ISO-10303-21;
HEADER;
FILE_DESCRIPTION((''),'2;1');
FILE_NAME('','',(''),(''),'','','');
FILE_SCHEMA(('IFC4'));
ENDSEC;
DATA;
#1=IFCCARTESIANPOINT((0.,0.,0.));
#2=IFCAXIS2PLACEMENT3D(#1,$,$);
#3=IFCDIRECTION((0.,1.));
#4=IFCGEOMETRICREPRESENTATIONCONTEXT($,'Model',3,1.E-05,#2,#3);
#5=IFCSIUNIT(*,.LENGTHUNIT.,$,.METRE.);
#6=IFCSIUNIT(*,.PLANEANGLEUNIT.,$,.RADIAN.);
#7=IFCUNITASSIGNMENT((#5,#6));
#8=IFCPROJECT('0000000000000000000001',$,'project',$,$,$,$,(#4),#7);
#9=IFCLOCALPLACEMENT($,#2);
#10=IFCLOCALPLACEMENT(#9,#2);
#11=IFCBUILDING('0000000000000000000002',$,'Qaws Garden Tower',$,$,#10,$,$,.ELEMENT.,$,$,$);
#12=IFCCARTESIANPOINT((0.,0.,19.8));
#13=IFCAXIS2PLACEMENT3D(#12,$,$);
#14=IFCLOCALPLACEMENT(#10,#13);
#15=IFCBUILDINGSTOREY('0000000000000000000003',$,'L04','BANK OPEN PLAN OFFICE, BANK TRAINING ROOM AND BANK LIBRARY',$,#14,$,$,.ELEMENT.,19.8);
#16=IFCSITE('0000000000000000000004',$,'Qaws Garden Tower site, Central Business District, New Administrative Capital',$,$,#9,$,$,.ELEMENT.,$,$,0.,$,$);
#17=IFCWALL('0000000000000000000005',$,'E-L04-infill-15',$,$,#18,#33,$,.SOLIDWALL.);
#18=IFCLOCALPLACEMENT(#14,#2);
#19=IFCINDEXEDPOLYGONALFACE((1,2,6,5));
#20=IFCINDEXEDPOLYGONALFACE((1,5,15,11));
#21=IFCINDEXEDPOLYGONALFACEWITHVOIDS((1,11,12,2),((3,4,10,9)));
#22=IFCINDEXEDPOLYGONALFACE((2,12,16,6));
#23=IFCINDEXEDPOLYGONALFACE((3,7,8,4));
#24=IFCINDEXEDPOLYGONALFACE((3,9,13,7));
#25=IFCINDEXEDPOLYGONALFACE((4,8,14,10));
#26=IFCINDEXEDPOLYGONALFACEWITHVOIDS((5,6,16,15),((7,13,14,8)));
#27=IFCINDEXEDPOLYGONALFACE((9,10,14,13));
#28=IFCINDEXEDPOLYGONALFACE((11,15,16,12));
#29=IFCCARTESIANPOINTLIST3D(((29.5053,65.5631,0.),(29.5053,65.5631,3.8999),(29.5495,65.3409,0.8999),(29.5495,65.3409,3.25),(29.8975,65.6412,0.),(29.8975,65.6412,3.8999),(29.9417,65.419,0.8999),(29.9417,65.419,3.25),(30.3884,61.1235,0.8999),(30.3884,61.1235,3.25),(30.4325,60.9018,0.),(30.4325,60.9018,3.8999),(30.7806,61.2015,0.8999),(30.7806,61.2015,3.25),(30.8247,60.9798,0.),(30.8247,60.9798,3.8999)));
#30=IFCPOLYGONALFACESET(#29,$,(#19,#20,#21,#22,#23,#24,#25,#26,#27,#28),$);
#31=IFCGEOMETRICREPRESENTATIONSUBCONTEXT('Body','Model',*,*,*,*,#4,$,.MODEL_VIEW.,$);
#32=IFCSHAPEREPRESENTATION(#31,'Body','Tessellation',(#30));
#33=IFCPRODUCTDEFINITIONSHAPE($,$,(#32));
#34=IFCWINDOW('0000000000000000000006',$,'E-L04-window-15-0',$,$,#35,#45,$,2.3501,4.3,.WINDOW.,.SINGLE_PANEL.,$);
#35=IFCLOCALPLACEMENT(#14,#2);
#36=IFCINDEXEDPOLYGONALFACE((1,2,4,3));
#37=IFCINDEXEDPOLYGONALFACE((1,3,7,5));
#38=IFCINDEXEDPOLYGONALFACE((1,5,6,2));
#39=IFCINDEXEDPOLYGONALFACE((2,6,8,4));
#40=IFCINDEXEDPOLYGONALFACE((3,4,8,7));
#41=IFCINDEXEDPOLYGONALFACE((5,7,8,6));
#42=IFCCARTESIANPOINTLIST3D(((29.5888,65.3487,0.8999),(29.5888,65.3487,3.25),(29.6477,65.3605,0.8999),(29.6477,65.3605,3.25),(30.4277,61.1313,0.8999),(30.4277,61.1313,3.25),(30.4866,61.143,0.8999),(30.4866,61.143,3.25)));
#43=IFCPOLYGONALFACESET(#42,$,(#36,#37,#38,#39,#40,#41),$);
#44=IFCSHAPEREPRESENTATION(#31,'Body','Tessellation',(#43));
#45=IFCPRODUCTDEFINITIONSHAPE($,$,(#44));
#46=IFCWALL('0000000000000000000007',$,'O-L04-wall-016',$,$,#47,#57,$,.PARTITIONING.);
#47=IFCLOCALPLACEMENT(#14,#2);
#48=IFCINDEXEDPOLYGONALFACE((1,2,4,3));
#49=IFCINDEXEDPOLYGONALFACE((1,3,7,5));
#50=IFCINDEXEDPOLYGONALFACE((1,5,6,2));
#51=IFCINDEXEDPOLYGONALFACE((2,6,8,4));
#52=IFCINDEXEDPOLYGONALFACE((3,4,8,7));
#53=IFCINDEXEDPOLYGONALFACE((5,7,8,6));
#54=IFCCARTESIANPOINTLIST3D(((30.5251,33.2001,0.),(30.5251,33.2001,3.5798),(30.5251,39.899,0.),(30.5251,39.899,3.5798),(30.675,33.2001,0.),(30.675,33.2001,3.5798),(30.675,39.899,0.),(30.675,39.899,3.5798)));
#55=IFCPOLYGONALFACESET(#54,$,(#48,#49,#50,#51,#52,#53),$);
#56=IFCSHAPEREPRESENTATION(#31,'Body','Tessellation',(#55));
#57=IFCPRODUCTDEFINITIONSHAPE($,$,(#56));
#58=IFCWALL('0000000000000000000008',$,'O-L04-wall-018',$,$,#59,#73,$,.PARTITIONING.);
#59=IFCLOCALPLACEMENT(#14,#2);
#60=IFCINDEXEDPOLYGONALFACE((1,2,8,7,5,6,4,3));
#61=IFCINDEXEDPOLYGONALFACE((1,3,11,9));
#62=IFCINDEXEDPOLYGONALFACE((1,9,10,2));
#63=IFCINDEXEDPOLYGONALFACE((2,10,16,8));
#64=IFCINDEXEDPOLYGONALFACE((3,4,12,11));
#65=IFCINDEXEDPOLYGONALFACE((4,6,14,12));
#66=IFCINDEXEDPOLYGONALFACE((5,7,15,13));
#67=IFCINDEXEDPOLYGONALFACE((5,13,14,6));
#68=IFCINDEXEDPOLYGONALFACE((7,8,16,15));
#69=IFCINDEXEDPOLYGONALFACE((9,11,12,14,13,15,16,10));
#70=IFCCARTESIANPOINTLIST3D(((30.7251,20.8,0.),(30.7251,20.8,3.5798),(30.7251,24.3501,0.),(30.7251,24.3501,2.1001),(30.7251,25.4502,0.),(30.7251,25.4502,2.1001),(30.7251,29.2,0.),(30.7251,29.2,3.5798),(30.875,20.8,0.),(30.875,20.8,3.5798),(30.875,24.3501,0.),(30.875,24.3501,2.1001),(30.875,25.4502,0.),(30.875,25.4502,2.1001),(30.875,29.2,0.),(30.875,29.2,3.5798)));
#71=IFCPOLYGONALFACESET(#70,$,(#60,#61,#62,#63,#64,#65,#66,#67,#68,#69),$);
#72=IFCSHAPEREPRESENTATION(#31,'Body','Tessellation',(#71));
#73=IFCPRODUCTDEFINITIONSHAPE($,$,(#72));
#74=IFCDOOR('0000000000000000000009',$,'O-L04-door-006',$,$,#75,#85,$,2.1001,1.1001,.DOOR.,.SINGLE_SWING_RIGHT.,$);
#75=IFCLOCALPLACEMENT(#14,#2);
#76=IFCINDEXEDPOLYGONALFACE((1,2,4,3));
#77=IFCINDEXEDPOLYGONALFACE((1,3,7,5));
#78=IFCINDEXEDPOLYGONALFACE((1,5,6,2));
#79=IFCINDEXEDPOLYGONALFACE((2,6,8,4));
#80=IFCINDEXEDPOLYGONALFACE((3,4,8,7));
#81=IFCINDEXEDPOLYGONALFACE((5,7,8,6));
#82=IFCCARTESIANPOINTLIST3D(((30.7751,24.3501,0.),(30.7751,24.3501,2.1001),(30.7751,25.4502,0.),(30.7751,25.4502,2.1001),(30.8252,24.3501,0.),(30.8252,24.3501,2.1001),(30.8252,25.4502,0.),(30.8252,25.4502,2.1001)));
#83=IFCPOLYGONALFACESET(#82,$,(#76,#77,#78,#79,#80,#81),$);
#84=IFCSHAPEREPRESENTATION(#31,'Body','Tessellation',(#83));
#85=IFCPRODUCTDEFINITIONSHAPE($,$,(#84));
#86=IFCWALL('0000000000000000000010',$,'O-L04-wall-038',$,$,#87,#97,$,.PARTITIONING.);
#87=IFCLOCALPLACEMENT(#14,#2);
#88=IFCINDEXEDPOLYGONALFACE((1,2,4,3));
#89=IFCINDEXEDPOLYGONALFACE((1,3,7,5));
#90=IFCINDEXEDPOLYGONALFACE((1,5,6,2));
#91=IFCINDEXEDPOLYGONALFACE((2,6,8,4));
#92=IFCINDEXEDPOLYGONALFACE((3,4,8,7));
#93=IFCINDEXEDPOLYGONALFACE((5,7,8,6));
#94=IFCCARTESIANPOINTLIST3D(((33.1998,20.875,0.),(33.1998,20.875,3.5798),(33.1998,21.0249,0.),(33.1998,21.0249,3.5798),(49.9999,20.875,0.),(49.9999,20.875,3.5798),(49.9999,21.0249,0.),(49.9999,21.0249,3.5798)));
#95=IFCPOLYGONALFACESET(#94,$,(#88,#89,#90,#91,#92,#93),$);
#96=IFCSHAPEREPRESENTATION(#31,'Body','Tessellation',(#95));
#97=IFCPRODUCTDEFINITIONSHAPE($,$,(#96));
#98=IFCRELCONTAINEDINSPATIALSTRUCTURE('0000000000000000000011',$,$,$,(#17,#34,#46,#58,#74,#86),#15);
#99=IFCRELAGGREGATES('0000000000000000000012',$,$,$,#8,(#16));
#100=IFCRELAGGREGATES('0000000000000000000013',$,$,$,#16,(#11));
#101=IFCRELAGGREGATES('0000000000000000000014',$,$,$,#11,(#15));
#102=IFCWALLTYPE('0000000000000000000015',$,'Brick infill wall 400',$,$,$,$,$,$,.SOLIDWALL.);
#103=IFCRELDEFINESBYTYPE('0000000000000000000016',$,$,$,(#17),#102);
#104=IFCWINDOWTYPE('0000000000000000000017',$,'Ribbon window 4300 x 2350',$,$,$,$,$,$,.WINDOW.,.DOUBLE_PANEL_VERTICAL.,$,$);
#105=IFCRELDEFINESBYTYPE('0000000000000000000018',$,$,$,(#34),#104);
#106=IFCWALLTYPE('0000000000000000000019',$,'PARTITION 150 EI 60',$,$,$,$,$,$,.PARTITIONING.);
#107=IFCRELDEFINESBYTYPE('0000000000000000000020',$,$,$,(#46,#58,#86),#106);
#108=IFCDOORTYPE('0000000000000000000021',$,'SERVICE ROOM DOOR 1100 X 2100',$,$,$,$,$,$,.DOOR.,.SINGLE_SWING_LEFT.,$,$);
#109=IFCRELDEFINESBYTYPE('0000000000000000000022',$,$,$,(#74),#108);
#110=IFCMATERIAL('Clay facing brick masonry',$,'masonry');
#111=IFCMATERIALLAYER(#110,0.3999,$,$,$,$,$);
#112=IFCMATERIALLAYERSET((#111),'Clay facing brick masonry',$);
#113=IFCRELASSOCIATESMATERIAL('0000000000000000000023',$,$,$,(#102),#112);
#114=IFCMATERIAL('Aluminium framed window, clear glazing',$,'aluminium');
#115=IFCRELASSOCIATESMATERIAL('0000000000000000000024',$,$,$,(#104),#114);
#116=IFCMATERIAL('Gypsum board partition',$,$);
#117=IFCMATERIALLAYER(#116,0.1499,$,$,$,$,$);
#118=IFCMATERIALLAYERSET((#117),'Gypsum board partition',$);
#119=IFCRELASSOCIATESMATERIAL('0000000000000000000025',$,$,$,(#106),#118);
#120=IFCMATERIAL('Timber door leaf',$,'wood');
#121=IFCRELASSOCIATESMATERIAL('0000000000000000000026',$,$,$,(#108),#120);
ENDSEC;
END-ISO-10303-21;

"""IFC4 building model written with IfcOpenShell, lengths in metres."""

from ifc_helpers import new_model, si_unit, direction, frame, frame_2d, origin, place, context, subcontext, project, spatial, rectangle, extrude, material, layer, layer_set, type_object, element, fill, save


model = new_model("IFC4")

# Units and contexts
model_context = context("Model", 3, precision=1e-05, world=origin(), true_north=direction((0.0, 1.0)))
body_context = subcontext(model_context, "Body", "Model", "MODEL_VIEW")
ifc_project = project(units=[si_unit("LENGTHUNIT", "METRE"), si_unit("PLANEANGLEUNIT", "RADIAN")], contexts=[model_context])

# Site, building, storey
site_placement = place(None, origin())
site = spatial("IfcSite", under=ifc_project, at=site_placement, Name="Qaws Garden Tower site, Central Business District, New Administrative Capital", CompositionType="ELEMENT", RefElevation=0.0)
building_placement = place(site_placement, origin())
building = spatial("IfcBuilding", under=site, at=building_placement, Name="Qaws Garden Tower", CompositionType="ELEMENT")
storey_placement = place(building_placement, frame((0.0, 0.0, 19.8)))
storey = spatial("IfcBuildingStorey", under=building, at=storey_placement, Name="L04", Description="BANK OPEN PLAN OFFICE, BANK TRAINING ROOM AND BANK LIBRARY", CompositionType="ELEMENT", Elevation=19.8)

# Shared definitions
ifc_material_1 = material(Name="Clay facing brick masonry", Category="masonry")
ifc_layer_1 = layer(ifc_material_1, 0.3999)
ifc_layer_set_1 = layer_set([ifc_layer_1], Name="Clay facing brick masonry")
wall_type_1 = type_object("IfcWallType", Name="Brick infill wall 400", PredefinedType="SOLIDWALL", material=ifc_layer_set_1)

# Wall, opening, window
wall_1_placement = place(storey_placement, frame((30.6287, 60.9407, 0.0), z_axis=(0.0, 0.0, 1.0), x_axis=(-0.195099, 0.980784, 0.0)))
wall_1 = element("IfcWall", 1, at=wall_1_placement, inside=storey, type_object=wall_type_1, Name="E-L04-infill-15", PredefinedType="SOLIDWALL", context=body_context, shape_type="SweptSolid", body=[
    extrude(rectangle(XDim=4.7527, YDim=0.3999, at=frame_2d((2.3765, 0.0))), origin(), (0.0, 0.0, 1.0), 3.8999),
])
opening_1_placement = place(wall_1_placement, frame((0.2263, 0.0, 0.8999)))
opening_1 = element("IfcOpeningElement", 2, at=opening_1_placement, cuts=wall_1, PredefinedType="OPENING", context=body_context, shape_type="SweptSolid", body=[
    extrude(rectangle(XDim=4.3, YDim=2.3501, at=frame_2d((2.1499, 1.175))), frame((0.0, 0.21, 0.0), z_axis=(0.0, -1.0, 0.0), x_axis=(1.0, 0.0, 0.0)), (0.0, 0.0, 1.0), 0.4199),
])
ifc_material_2 = material(Name="Aluminium framed window, clear glazing", Category="aluminium")
window_type_1 = type_object("IfcWindowType", Name="Ribbon window 4300 x 2350", PartitioningType="DOUBLE_PANEL_VERTICAL", PredefinedType="WINDOW", material=ifc_material_2)
window_1_placement = place(opening_1_placement, origin())
window_1 = element("IfcWindow", 3, at=window_1_placement, inside=storey, type_object=window_type_1, Name="E-L04-window-15-0", OverallHeight=2.3501, OverallWidth=4.3, PartitioningType="SINGLE_PANEL", PredefinedType="WINDOW", context=body_context, shape_type="SweptSolid", body=[
    extrude(rectangle(XDim=4.3, YDim=2.3501, at=frame_2d((2.1499, 1.175))), frame((0.0, 0.1599, 0.0), z_axis=(0.0, -1.0, 0.0), x_axis=(1.0, 0.0, 0.0)), (0.0, 0.0, 1.0), 0.0601),
])
fill(opening_1, window_1)

# Wall
ifc_material_3 = material(Name="Gypsum board partition")
ifc_layer_2 = layer(ifc_material_3, 0.1499)
ifc_layer_set_2 = layer_set([ifc_layer_2], Name="Gypsum board partition")
wall_type_2 = type_object("IfcWallType", Name="PARTITION 150 EI 60", PredefinedType="PARTITIONING", material=ifc_layer_set_2)
wall_2_placement = place(storey_placement, frame((30.6001, 33.2, 0.0), z_axis=(0.0, 0.0, 1.0), x_axis=(0.0, 1.0, 0.0)))
element("IfcWall", 4, at=wall_2_placement, inside=storey, type_object=wall_type_2, Name="O-L04-wall-016", PredefinedType="PARTITIONING", context=body_context, shape_type="SweptSolid", body=[
    extrude(rectangle(XDim=6.699, YDim=0.1499, at=frame_2d((3.3496, 0.0))), origin(), (0.0, 0.0, 1.0), 3.5798),
])

# Wall, opening, door
wall_3_placement = place(storey_placement, frame((30.8, 20.8, 0.0), z_axis=(0.0, 0.0, 1.0), x_axis=(0.0, 1.0, 0.0)))
wall_3 = element("IfcWall", 5, at=wall_3_placement, inside=storey, type_object=wall_type_2, Name="O-L04-wall-018", PredefinedType="PARTITIONING", context=body_context, shape_type="SweptSolid", body=[
    extrude(rectangle(XDim=8.3999, YDim=0.1499, at=frame_2d((4.2, 0.0))), origin(), (0.0, 0.0, 1.0), 3.5798),
])
opening_2_placement = place(wall_3_placement, frame((3.55, 0.0, 0.0)))
opening_2 = element("IfcOpeningElement", 6, at=opening_2_placement, cuts=wall_3, PredefinedType="OPENING", context=body_context, shape_type="SweptSolid", body=[
    extrude(rectangle(XDim=1.1001, YDim=2.1001, at=frame_2d((0.55, 1.05))), frame((0.0, 0.085, 0.0), z_axis=(0.0, -1.0, 0.0), x_axis=(1.0, 0.0, 0.0)), (0.0, 0.0, 1.0), 0.1699),
])
ifc_material_4 = material(Name="Timber door leaf", Category="wood")
door_type = type_object("IfcDoorType", Name="SERVICE ROOM DOOR 1100 X 2100", OperationType="SINGLE_SWING_LEFT", PredefinedType="DOOR", material=ifc_material_4)
door_placement = place(opening_2_placement, origin())
door = element("IfcDoor", 7, at=door_placement, inside=storey, type_object=door_type, Name="O-L04-door-006", OperationType="SINGLE_SWING_RIGHT", OverallHeight=2.1001, OverallWidth=1.1001, PredefinedType="DOOR", context=body_context, shape_type="SweptSolid", body=[
    extrude(rectangle(XDim=1.1001, YDim=2.1001, at=frame_2d((0.55, 1.05))), frame((0.0, 0.0249, 0.0), z_axis=(0.0, -1.0, 0.0), x_axis=(1.0, 0.0, 0.0)), (0.0, 0.0, 1.0), 0.05),
])
fill(opening_2, door)

# Wall
wall_4_placement = place(storey_placement, frame((33.2, 20.95, 0.0), z_axis=(0.0, 0.0, 1.0), x_axis=(1.0, 0.0, 0.0)))
element("IfcWall", 8, at=wall_4_placement, inside=storey, type_object=wall_type_2, Name="O-L04-wall-038", PredefinedType="PARTITIONING", context=body_context, shape_type="SweptSolid", body=[
    extrude(rectangle(XDim=16.8, YDim=0.1499, at=frame_2d((8.3999, 0.0))), origin(), (0.0, 0.0, 1.0), 3.5798),
])

save(model, "model.ifc")
